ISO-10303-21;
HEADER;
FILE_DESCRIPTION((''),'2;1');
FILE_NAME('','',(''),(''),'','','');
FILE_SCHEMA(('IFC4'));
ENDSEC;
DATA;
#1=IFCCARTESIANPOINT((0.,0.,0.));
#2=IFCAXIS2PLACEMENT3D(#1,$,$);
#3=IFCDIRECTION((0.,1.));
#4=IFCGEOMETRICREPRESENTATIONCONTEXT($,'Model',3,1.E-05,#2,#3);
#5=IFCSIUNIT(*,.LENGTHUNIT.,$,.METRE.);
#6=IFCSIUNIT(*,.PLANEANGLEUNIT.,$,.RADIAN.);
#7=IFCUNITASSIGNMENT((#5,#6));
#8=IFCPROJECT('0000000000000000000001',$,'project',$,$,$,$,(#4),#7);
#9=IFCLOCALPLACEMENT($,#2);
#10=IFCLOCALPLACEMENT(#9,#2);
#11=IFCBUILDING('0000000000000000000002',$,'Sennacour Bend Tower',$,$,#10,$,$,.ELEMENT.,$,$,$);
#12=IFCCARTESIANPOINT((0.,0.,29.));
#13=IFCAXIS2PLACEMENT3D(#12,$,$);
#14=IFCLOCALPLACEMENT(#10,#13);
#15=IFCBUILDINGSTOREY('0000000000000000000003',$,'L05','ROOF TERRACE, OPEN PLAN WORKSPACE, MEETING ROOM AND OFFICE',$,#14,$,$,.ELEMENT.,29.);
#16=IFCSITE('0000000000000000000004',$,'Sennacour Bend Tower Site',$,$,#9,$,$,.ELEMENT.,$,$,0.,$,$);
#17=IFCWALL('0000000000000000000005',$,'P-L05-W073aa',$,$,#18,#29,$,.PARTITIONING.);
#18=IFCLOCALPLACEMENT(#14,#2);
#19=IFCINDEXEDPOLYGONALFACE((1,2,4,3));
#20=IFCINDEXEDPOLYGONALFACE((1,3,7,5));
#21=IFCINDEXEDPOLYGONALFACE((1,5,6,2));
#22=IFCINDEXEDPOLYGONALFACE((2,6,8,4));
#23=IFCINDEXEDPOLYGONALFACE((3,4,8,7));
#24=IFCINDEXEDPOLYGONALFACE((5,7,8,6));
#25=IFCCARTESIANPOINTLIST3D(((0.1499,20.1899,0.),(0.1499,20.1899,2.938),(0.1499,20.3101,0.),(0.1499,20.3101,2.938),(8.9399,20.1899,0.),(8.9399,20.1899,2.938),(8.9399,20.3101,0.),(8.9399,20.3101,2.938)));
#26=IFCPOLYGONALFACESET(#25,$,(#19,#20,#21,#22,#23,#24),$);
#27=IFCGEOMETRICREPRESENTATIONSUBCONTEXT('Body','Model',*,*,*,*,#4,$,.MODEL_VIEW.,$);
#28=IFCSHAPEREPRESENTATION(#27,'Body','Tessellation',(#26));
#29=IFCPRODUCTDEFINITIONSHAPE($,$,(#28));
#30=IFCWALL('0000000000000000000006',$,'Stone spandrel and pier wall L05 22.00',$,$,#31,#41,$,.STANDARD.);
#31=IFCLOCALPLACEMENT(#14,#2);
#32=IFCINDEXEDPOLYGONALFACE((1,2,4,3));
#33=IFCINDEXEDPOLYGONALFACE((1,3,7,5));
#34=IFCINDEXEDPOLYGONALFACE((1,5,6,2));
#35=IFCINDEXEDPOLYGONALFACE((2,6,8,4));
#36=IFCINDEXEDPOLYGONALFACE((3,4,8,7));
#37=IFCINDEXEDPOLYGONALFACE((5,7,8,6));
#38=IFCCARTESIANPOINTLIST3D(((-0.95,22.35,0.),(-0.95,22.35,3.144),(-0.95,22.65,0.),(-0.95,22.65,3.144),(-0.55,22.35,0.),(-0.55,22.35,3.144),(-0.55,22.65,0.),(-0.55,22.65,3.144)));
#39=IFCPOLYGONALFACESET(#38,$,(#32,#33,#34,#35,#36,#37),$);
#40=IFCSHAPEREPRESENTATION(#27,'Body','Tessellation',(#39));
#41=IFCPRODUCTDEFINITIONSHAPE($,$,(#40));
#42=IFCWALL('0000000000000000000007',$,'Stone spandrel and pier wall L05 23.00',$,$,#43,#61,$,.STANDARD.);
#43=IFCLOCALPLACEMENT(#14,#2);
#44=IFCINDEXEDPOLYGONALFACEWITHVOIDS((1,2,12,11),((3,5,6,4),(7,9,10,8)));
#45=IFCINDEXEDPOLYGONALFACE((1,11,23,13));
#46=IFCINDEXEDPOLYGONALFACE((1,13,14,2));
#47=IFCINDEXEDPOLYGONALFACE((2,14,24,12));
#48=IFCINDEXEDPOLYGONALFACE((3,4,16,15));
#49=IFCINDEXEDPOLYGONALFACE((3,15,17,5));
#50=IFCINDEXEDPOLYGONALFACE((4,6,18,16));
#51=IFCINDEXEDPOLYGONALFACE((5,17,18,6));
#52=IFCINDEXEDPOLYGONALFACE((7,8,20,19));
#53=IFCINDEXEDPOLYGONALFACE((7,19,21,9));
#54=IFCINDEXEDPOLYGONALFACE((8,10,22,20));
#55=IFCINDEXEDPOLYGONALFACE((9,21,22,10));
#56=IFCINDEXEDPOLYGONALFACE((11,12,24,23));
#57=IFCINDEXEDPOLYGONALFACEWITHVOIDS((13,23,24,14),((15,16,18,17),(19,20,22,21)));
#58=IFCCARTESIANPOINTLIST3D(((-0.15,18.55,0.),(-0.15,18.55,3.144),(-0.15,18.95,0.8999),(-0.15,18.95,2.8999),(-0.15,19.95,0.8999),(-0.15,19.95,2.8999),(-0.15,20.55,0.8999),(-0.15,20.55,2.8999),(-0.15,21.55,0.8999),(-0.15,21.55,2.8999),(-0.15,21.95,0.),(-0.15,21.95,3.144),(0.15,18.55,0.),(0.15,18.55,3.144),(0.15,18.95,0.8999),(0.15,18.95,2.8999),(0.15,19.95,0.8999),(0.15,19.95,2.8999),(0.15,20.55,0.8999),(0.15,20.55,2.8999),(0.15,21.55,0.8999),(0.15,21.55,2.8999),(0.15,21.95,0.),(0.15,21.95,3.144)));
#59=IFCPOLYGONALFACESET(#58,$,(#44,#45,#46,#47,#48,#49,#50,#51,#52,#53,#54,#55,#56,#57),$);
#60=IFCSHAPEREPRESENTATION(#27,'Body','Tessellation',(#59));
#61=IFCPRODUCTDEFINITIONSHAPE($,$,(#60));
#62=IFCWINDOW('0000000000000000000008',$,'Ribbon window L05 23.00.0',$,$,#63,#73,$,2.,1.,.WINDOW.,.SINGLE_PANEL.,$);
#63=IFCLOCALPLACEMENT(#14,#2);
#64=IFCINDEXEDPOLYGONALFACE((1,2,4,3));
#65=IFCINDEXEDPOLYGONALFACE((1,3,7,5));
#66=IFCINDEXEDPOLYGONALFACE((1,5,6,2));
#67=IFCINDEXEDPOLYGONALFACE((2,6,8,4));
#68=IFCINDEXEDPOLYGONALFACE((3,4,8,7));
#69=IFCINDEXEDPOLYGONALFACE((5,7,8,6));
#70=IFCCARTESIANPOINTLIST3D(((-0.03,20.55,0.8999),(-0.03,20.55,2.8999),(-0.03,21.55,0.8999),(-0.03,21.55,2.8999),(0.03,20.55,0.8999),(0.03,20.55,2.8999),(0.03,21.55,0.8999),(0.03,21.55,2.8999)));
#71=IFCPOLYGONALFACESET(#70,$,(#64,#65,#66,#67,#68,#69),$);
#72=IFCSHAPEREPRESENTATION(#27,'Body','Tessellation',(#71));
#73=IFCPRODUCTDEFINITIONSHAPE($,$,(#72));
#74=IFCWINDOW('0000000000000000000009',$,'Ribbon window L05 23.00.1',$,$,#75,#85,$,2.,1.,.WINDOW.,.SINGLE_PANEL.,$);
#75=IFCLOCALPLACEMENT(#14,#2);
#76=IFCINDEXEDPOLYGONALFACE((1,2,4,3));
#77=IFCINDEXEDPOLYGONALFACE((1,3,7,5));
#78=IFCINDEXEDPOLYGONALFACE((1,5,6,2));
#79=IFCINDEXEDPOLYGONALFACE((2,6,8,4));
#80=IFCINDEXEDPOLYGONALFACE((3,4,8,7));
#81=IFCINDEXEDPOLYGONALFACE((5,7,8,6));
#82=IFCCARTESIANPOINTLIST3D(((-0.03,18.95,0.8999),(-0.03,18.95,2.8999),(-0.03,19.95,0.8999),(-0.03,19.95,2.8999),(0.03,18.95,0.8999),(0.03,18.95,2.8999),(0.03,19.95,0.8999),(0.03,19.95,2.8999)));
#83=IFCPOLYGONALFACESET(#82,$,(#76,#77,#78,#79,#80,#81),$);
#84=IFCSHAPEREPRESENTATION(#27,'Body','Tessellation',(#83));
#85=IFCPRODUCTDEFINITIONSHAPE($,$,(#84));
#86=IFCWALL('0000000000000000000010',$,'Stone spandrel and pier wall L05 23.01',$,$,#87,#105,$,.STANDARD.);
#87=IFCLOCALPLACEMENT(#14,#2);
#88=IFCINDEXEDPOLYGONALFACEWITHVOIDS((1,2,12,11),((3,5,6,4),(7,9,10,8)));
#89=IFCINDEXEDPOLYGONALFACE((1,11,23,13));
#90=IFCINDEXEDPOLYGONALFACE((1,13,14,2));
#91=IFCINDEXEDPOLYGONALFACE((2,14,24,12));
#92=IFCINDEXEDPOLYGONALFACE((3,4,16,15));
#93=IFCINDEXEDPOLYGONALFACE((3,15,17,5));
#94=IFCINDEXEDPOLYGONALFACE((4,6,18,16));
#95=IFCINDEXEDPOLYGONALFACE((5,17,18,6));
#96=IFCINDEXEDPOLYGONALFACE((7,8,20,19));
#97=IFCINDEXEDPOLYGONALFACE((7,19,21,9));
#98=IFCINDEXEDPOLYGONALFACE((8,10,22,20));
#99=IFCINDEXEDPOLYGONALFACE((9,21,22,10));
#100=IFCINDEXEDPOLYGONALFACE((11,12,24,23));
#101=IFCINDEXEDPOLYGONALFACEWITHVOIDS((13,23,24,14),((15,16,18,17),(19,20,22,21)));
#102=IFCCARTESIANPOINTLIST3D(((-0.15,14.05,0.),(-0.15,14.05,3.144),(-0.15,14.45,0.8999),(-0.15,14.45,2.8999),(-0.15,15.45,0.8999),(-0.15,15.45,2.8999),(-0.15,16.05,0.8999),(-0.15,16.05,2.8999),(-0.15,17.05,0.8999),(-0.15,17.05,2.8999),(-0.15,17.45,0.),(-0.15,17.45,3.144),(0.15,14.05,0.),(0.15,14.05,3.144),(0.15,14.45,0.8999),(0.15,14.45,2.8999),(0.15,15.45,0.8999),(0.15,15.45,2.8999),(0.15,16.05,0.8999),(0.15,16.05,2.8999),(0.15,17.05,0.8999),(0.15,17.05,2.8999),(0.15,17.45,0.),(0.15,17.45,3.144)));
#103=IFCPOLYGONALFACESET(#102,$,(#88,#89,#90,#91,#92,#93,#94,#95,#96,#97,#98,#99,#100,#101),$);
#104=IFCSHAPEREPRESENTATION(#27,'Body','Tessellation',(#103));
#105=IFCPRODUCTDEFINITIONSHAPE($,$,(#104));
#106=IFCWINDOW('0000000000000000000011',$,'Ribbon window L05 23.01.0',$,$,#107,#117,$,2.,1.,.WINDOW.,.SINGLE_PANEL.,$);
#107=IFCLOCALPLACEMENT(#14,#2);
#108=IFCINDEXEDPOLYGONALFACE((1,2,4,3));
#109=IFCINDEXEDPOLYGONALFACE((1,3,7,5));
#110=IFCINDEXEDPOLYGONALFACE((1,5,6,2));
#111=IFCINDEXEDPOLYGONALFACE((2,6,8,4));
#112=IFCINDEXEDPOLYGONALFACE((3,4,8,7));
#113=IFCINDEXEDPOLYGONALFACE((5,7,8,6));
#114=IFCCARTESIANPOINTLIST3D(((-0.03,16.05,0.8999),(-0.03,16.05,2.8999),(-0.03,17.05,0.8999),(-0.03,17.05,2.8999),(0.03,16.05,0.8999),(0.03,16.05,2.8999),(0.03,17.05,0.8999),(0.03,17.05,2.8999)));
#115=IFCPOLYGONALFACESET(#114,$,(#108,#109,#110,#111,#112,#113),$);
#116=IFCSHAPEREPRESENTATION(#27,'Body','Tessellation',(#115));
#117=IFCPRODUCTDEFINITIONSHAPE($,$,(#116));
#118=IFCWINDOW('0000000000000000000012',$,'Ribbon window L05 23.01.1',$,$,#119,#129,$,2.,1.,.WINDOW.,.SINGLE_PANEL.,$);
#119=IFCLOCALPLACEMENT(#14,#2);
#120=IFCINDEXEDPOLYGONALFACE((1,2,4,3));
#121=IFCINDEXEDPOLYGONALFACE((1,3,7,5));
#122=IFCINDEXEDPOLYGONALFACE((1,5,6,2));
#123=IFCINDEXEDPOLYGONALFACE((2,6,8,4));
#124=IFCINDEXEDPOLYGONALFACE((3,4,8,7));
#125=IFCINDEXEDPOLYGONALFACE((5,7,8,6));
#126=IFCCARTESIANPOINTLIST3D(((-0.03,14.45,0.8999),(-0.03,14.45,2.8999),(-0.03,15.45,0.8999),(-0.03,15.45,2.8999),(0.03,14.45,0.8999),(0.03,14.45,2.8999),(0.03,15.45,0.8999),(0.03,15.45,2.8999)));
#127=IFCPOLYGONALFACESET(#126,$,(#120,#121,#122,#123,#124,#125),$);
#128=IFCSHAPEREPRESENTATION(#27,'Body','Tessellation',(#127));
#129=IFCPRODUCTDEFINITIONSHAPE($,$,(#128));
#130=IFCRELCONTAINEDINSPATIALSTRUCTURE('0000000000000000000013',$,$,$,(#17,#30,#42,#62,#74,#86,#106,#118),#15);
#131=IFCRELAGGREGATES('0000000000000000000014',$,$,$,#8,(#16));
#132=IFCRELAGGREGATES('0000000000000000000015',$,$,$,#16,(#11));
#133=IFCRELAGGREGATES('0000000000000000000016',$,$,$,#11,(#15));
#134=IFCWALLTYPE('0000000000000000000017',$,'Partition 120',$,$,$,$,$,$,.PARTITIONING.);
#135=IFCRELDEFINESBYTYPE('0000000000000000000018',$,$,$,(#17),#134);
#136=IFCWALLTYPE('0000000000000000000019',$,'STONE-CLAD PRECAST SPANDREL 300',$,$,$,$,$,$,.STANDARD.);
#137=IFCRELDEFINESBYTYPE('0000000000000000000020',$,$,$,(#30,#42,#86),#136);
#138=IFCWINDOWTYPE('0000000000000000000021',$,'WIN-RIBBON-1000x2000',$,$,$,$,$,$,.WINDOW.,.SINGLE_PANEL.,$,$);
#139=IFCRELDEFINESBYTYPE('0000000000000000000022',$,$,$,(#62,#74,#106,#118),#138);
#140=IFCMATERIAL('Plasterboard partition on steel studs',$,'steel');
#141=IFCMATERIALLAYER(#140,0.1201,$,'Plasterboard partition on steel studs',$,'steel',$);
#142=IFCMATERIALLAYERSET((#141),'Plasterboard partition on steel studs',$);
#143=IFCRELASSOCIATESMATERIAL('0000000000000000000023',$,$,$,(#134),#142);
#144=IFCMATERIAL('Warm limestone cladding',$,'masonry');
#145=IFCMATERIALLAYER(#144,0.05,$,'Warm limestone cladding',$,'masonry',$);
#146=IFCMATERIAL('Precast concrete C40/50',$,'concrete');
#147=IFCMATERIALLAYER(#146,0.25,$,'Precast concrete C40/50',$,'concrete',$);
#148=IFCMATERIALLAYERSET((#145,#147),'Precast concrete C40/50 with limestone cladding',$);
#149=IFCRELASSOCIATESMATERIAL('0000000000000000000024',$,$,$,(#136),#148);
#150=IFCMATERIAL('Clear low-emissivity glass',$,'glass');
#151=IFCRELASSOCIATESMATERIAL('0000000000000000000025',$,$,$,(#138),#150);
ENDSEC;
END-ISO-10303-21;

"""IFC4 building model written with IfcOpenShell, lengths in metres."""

from ifc_helpers import new_model, si_unit, direction, frame, frame_2d, origin, place, context, subcontext, project, spatial, rectangle, extrude, material, layer, layer_set, type_object, element, fill, save


model = new_model("IFC4")

# Units and contexts
model_context = context("Model", 3, precision=1e-05, world=origin(), true_north=direction((0.0, 1.0)))
body_context = subcontext(model_context, "Body", "Model", "MODEL_VIEW")
ifc_project = project(units=[si_unit("LENGTHUNIT", "METRE"), si_unit("PLANEANGLEUNIT", "RADIAN")], contexts=[model_context])

# Site, building, storey
site_placement = place(None, origin())
site = spatial("IfcSite", under=ifc_project, at=site_placement, Name="Sennacour Bend Tower Site", CompositionType="ELEMENT", RefElevation=0.0)
building_placement = place(site_placement, origin())
building = spatial("IfcBuilding", under=site, at=building_placement, Name="Sennacour Bend Tower", CompositionType="ELEMENT")
storey_placement = place(building_placement, frame((0.0, 0.0, 29.0)))
storey = spatial("IfcBuildingStorey", under=building, at=storey_placement, Name="L05", Description="ROOF TERRACE, OPEN PLAN WORKSPACE, MEETING ROOM AND OFFICE", CompositionType="ELEMENT", Elevation=29.0)

# Walls
ifc_material_1 = material(Name="Plasterboard partition on steel studs", Category="steel")
ifc_layer_1 = layer(ifc_material_1, 0.1201, Name="Plasterboard partition on steel studs", Category="steel")
ifc_layer_set_1 = layer_set([ifc_layer_1], Name="Plasterboard partition on steel studs")
wall_type_1 = type_object("IfcWallType", Name="Partition 120", PredefinedType="PARTITIONING", material=ifc_layer_set_1)
for number, where, z_axis, x_axis, name in (
    (1, (0.1499, 20.25, 0.0), (0.0, 0.0, 1.0), (1.0, 0.0, 0.0), "P-L05-W073aa"),
):
    element("IfcWall", number, at=place(storey_placement, frame(where, z_axis=z_axis, x_axis=x_axis)), inside=storey, type_object=wall_type_1, Name=name, PredefinedType="PARTITIONING", context=body_context, shape_type="SweptSolid", body=[
        extrude(rectangle(XDim=8.79, YDim=0.1201, at=frame_2d((4.395, 0.0))), origin(), (0.0, 0.0, 1.0), 2.938),
    ])
ifc_material_2 = material(Name="Warm limestone cladding", Category="masonry")
ifc_layer_2 = layer(ifc_material_2, 0.05, Name="Warm limestone cladding", Category="masonry")
ifc_material_3 = material(Name="Precast concrete C40/50", Category="concrete")
ifc_layer_3 = layer(ifc_material_3, 0.25, Name="Precast concrete C40/50", Category="concrete")
ifc_layer_set_2 = layer_set([ifc_layer_2, ifc_layer_3], Name="Precast concrete C40/50 with limestone cladding")
wall_type_2 = type_object("IfcWallType", Name="STONE-CLAD PRECAST SPANDREL 300", PredefinedType="STANDARD", material=ifc_layer_set_2)
wall_1_placement = place(storey_placement, frame((-0.95, 22.5, 0.0), z_axis=(0.0, 0.0, 1.0), x_axis=(1.0, 0.0, 0.0)))
element("IfcWall", 2, at=wall_1_placement, inside=storey, type_object=wall_type_2, Name="Stone spandrel and pier wall L05 22.00", PredefinedType="STANDARD", context=body_context, shape_type="SweptSolid", body=[
    extrude(rectangle(XDim=0.3999, YDim=0.3, at=frame_2d((0.2, 0.0))), origin(), (0.0, 0.0, 1.0), 3.144),
])

# Walls, openings, windows
wall_2_placement = place(storey_placement, frame((0.0, 21.95, 0.0), z_axis=(0.0, 0.0, 1.0), x_axis=(0.0, -1.0, 0.0)))
wall_2 = element("IfcWall", 3, at=wall_2_placement, inside=storey, type_object=wall_type_2, Name="Stone spandrel and pier wall L05 23.00", PredefinedType="STANDARD", context=body_context, shape_type="SweptSolid", body=[
    extrude(rectangle(XDim=3.3999, YDim=0.3, at=frame_2d((1.7, 0.0))), origin(), (0.0, 0.0, 1.0), 3.144),
])
opening_1_placement = place(wall_2_placement, frame((0.3999, 0.0, 0.8999)))
opening_1 = element("IfcOpeningElement", 4, at=opening_1_placement, cuts=wall_2, PredefinedType="OPENING", context=body_context, shape_type="SweptSolid", body=[
    extrude(rectangle(XDim=1.0, YDim=2.0, at=frame_2d((0.5, 1.0))), frame((0.0, 0.1602, 0.0), z_axis=(0.0, -1.0, 0.0), x_axis=(1.0, 0.0, 0.0)), (0.0, 0.0, 1.0), 0.3201),
])
opening_2_placement = place(wall_2_placement, frame((2.0, 0.0, 0.8999)))
opening_2 = element("IfcOpeningElement", 5, at=opening_2_placement, cuts=wall_2, PredefinedType="OPENING", context=body_context, shape_type="SweptSolid", body=[
    extrude(rectangle(XDim=1.0, YDim=2.0, at=frame_2d((0.5, 1.0))), frame((0.0, 0.1602, 0.0), z_axis=(0.0, -1.0, 0.0), x_axis=(1.0, 0.0, 0.0)), (0.0, 0.0, 1.0), 0.3201),
])
ifc_material_4 = material(Name="Clear low-emissivity glass", Category="glass")
window_type = type_object("IfcWindowType", Name="WIN-RIBBON-1000x2000", PartitioningType="SINGLE_PANEL", PredefinedType="WINDOW", material=ifc_material_4)
window_1_placement = place(opening_1_placement, origin())
window_1 = element("IfcWindow", 6, at=window_1_placement, inside=storey, type_object=window_type, Name="Ribbon window L05 23.00.0", OverallHeight=2.0, OverallWidth=1.0, PartitioningType="SINGLE_PANEL", PredefinedType="WINDOW", context=body_context, shape_type="SweptSolid", body=[
    extrude(rectangle(XDim=1.0, YDim=2.0, at=frame_2d((0.5, 1.0))), frame((0.0, 0.03, 0.0), z_axis=(0.0, -1.0, 0.0), x_axis=(1.0, 0.0, 0.0)), (0.0, 0.0, 1.0), 0.0601),
])
fill(opening_1, window_1)
window_2_placement = place(opening_2_placement, origin())
window_2 = element("IfcWindow", 7, at=window_2_placement, inside=storey, type_object=window_type, Name="Ribbon window L05 23.00.1", OverallHeight=2.0, OverallWidth=1.0, PartitioningType="SINGLE_PANEL", PredefinedType="WINDOW", context=body_context, shape_type="SweptSolid", body=[
    extrude(rectangle(XDim=1.0, YDim=2.0, at=frame_2d((0.5, 1.0))), frame((0.0, 0.03, 0.0), z_axis=(0.0, -1.0, 0.0), x_axis=(1.0, 0.0, 0.0)), (0.0, 0.0, 1.0), 0.0601),
])
fill(opening_2, window_2)
wall_3_placement = place(storey_placement, frame((0.0, 17.45, 0.0), z_axis=(0.0, 0.0, 1.0), x_axis=(0.0, -1.0, 0.0)))
wall_3 = element("IfcWall", 8, at=wall_3_placement, inside=storey, type_object=wall_type_2, Name="Stone spandrel and pier wall L05 23.01", PredefinedType="STANDARD", context=body_context, shape_type="SweptSolid", body=[
    extrude(rectangle(XDim=3.3999, YDim=0.3, at=frame_2d((1.7, 0.0))), origin(), (0.0, 0.0, 1.0), 3.144),
])
opening_3_placement = place(wall_3_placement, frame((0.3999, 0.0, 0.8999)))
opening_3 = element("IfcOpeningElement", 9, at=opening_3_placement, cuts=wall_3, PredefinedType="OPENING", context=body_context, shape_type="SweptSolid", body=[
    extrude(rectangle(XDim=1.0, YDim=2.0, at=frame_2d((0.5, 1.0))), frame((0.0, 0.1602, 0.0), z_axis=(0.0, -1.0, 0.0), x_axis=(1.0, 0.0, 0.0)), (0.0, 0.0, 1.0), 0.3201),
])
opening_4_placement = place(wall_3_placement, frame((2.0, 0.0, 0.8999)))
opening_4 = element("IfcOpeningElement", 10, at=opening_4_placement, cuts=wall_3, PredefinedType="OPENING", context=body_context, shape_type="SweptSolid", body=[
    extrude(rectangle(XDim=1.0, YDim=2.0, at=frame_2d((0.5, 1.0))), frame((0.0, 0.1602, 0.0), z_axis=(0.0, -1.0, 0.0), x_axis=(1.0, 0.0, 0.0)), (0.0, 0.0, 1.0), 0.3201),
])
window_3_placement = place(opening_3_placement, origin())
window_3 = element("IfcWindow", 11, at=window_3_placement, inside=storey, type_object=window_type, Name="Ribbon window L05 23.01.0", OverallHeight=2.0, OverallWidth=1.0, PartitioningType="SINGLE_PANEL", PredefinedType="WINDOW", context=body_context, shape_type="SweptSolid", body=[
    extrude(rectangle(XDim=1.0, YDim=2.0, at=frame_2d((0.5, 1.0))), frame((0.0, 0.03, 0.0), z_axis=(0.0, -1.0, 0.0), x_axis=(1.0, 0.0, 0.0)), (0.0, 0.0, 1.0), 0.0601),
])
fill(opening_3, window_3)
window_4_placement = place(opening_4_placement, origin())
window_4 = element("IfcWindow", 12, at=window_4_placement, inside=storey, type_object=window_type, Name="Ribbon window L05 23.01.1", OverallHeight=2.0, OverallWidth=1.0, PartitioningType="SINGLE_PANEL", PredefinedType="WINDOW", context=body_context, shape_type="SweptSolid", body=[
    extrude(rectangle(XDim=1.0, YDim=2.0, at=frame_2d((0.5, 1.0))), frame((0.0, 0.03, 0.0), z_axis=(0.0, -1.0, 0.0), x_axis=(1.0, 0.0, 0.0)), (0.0, 0.0, 1.0), 0.0601),
])
fill(opening_4, window_4)

save(model, "model.ifc")
